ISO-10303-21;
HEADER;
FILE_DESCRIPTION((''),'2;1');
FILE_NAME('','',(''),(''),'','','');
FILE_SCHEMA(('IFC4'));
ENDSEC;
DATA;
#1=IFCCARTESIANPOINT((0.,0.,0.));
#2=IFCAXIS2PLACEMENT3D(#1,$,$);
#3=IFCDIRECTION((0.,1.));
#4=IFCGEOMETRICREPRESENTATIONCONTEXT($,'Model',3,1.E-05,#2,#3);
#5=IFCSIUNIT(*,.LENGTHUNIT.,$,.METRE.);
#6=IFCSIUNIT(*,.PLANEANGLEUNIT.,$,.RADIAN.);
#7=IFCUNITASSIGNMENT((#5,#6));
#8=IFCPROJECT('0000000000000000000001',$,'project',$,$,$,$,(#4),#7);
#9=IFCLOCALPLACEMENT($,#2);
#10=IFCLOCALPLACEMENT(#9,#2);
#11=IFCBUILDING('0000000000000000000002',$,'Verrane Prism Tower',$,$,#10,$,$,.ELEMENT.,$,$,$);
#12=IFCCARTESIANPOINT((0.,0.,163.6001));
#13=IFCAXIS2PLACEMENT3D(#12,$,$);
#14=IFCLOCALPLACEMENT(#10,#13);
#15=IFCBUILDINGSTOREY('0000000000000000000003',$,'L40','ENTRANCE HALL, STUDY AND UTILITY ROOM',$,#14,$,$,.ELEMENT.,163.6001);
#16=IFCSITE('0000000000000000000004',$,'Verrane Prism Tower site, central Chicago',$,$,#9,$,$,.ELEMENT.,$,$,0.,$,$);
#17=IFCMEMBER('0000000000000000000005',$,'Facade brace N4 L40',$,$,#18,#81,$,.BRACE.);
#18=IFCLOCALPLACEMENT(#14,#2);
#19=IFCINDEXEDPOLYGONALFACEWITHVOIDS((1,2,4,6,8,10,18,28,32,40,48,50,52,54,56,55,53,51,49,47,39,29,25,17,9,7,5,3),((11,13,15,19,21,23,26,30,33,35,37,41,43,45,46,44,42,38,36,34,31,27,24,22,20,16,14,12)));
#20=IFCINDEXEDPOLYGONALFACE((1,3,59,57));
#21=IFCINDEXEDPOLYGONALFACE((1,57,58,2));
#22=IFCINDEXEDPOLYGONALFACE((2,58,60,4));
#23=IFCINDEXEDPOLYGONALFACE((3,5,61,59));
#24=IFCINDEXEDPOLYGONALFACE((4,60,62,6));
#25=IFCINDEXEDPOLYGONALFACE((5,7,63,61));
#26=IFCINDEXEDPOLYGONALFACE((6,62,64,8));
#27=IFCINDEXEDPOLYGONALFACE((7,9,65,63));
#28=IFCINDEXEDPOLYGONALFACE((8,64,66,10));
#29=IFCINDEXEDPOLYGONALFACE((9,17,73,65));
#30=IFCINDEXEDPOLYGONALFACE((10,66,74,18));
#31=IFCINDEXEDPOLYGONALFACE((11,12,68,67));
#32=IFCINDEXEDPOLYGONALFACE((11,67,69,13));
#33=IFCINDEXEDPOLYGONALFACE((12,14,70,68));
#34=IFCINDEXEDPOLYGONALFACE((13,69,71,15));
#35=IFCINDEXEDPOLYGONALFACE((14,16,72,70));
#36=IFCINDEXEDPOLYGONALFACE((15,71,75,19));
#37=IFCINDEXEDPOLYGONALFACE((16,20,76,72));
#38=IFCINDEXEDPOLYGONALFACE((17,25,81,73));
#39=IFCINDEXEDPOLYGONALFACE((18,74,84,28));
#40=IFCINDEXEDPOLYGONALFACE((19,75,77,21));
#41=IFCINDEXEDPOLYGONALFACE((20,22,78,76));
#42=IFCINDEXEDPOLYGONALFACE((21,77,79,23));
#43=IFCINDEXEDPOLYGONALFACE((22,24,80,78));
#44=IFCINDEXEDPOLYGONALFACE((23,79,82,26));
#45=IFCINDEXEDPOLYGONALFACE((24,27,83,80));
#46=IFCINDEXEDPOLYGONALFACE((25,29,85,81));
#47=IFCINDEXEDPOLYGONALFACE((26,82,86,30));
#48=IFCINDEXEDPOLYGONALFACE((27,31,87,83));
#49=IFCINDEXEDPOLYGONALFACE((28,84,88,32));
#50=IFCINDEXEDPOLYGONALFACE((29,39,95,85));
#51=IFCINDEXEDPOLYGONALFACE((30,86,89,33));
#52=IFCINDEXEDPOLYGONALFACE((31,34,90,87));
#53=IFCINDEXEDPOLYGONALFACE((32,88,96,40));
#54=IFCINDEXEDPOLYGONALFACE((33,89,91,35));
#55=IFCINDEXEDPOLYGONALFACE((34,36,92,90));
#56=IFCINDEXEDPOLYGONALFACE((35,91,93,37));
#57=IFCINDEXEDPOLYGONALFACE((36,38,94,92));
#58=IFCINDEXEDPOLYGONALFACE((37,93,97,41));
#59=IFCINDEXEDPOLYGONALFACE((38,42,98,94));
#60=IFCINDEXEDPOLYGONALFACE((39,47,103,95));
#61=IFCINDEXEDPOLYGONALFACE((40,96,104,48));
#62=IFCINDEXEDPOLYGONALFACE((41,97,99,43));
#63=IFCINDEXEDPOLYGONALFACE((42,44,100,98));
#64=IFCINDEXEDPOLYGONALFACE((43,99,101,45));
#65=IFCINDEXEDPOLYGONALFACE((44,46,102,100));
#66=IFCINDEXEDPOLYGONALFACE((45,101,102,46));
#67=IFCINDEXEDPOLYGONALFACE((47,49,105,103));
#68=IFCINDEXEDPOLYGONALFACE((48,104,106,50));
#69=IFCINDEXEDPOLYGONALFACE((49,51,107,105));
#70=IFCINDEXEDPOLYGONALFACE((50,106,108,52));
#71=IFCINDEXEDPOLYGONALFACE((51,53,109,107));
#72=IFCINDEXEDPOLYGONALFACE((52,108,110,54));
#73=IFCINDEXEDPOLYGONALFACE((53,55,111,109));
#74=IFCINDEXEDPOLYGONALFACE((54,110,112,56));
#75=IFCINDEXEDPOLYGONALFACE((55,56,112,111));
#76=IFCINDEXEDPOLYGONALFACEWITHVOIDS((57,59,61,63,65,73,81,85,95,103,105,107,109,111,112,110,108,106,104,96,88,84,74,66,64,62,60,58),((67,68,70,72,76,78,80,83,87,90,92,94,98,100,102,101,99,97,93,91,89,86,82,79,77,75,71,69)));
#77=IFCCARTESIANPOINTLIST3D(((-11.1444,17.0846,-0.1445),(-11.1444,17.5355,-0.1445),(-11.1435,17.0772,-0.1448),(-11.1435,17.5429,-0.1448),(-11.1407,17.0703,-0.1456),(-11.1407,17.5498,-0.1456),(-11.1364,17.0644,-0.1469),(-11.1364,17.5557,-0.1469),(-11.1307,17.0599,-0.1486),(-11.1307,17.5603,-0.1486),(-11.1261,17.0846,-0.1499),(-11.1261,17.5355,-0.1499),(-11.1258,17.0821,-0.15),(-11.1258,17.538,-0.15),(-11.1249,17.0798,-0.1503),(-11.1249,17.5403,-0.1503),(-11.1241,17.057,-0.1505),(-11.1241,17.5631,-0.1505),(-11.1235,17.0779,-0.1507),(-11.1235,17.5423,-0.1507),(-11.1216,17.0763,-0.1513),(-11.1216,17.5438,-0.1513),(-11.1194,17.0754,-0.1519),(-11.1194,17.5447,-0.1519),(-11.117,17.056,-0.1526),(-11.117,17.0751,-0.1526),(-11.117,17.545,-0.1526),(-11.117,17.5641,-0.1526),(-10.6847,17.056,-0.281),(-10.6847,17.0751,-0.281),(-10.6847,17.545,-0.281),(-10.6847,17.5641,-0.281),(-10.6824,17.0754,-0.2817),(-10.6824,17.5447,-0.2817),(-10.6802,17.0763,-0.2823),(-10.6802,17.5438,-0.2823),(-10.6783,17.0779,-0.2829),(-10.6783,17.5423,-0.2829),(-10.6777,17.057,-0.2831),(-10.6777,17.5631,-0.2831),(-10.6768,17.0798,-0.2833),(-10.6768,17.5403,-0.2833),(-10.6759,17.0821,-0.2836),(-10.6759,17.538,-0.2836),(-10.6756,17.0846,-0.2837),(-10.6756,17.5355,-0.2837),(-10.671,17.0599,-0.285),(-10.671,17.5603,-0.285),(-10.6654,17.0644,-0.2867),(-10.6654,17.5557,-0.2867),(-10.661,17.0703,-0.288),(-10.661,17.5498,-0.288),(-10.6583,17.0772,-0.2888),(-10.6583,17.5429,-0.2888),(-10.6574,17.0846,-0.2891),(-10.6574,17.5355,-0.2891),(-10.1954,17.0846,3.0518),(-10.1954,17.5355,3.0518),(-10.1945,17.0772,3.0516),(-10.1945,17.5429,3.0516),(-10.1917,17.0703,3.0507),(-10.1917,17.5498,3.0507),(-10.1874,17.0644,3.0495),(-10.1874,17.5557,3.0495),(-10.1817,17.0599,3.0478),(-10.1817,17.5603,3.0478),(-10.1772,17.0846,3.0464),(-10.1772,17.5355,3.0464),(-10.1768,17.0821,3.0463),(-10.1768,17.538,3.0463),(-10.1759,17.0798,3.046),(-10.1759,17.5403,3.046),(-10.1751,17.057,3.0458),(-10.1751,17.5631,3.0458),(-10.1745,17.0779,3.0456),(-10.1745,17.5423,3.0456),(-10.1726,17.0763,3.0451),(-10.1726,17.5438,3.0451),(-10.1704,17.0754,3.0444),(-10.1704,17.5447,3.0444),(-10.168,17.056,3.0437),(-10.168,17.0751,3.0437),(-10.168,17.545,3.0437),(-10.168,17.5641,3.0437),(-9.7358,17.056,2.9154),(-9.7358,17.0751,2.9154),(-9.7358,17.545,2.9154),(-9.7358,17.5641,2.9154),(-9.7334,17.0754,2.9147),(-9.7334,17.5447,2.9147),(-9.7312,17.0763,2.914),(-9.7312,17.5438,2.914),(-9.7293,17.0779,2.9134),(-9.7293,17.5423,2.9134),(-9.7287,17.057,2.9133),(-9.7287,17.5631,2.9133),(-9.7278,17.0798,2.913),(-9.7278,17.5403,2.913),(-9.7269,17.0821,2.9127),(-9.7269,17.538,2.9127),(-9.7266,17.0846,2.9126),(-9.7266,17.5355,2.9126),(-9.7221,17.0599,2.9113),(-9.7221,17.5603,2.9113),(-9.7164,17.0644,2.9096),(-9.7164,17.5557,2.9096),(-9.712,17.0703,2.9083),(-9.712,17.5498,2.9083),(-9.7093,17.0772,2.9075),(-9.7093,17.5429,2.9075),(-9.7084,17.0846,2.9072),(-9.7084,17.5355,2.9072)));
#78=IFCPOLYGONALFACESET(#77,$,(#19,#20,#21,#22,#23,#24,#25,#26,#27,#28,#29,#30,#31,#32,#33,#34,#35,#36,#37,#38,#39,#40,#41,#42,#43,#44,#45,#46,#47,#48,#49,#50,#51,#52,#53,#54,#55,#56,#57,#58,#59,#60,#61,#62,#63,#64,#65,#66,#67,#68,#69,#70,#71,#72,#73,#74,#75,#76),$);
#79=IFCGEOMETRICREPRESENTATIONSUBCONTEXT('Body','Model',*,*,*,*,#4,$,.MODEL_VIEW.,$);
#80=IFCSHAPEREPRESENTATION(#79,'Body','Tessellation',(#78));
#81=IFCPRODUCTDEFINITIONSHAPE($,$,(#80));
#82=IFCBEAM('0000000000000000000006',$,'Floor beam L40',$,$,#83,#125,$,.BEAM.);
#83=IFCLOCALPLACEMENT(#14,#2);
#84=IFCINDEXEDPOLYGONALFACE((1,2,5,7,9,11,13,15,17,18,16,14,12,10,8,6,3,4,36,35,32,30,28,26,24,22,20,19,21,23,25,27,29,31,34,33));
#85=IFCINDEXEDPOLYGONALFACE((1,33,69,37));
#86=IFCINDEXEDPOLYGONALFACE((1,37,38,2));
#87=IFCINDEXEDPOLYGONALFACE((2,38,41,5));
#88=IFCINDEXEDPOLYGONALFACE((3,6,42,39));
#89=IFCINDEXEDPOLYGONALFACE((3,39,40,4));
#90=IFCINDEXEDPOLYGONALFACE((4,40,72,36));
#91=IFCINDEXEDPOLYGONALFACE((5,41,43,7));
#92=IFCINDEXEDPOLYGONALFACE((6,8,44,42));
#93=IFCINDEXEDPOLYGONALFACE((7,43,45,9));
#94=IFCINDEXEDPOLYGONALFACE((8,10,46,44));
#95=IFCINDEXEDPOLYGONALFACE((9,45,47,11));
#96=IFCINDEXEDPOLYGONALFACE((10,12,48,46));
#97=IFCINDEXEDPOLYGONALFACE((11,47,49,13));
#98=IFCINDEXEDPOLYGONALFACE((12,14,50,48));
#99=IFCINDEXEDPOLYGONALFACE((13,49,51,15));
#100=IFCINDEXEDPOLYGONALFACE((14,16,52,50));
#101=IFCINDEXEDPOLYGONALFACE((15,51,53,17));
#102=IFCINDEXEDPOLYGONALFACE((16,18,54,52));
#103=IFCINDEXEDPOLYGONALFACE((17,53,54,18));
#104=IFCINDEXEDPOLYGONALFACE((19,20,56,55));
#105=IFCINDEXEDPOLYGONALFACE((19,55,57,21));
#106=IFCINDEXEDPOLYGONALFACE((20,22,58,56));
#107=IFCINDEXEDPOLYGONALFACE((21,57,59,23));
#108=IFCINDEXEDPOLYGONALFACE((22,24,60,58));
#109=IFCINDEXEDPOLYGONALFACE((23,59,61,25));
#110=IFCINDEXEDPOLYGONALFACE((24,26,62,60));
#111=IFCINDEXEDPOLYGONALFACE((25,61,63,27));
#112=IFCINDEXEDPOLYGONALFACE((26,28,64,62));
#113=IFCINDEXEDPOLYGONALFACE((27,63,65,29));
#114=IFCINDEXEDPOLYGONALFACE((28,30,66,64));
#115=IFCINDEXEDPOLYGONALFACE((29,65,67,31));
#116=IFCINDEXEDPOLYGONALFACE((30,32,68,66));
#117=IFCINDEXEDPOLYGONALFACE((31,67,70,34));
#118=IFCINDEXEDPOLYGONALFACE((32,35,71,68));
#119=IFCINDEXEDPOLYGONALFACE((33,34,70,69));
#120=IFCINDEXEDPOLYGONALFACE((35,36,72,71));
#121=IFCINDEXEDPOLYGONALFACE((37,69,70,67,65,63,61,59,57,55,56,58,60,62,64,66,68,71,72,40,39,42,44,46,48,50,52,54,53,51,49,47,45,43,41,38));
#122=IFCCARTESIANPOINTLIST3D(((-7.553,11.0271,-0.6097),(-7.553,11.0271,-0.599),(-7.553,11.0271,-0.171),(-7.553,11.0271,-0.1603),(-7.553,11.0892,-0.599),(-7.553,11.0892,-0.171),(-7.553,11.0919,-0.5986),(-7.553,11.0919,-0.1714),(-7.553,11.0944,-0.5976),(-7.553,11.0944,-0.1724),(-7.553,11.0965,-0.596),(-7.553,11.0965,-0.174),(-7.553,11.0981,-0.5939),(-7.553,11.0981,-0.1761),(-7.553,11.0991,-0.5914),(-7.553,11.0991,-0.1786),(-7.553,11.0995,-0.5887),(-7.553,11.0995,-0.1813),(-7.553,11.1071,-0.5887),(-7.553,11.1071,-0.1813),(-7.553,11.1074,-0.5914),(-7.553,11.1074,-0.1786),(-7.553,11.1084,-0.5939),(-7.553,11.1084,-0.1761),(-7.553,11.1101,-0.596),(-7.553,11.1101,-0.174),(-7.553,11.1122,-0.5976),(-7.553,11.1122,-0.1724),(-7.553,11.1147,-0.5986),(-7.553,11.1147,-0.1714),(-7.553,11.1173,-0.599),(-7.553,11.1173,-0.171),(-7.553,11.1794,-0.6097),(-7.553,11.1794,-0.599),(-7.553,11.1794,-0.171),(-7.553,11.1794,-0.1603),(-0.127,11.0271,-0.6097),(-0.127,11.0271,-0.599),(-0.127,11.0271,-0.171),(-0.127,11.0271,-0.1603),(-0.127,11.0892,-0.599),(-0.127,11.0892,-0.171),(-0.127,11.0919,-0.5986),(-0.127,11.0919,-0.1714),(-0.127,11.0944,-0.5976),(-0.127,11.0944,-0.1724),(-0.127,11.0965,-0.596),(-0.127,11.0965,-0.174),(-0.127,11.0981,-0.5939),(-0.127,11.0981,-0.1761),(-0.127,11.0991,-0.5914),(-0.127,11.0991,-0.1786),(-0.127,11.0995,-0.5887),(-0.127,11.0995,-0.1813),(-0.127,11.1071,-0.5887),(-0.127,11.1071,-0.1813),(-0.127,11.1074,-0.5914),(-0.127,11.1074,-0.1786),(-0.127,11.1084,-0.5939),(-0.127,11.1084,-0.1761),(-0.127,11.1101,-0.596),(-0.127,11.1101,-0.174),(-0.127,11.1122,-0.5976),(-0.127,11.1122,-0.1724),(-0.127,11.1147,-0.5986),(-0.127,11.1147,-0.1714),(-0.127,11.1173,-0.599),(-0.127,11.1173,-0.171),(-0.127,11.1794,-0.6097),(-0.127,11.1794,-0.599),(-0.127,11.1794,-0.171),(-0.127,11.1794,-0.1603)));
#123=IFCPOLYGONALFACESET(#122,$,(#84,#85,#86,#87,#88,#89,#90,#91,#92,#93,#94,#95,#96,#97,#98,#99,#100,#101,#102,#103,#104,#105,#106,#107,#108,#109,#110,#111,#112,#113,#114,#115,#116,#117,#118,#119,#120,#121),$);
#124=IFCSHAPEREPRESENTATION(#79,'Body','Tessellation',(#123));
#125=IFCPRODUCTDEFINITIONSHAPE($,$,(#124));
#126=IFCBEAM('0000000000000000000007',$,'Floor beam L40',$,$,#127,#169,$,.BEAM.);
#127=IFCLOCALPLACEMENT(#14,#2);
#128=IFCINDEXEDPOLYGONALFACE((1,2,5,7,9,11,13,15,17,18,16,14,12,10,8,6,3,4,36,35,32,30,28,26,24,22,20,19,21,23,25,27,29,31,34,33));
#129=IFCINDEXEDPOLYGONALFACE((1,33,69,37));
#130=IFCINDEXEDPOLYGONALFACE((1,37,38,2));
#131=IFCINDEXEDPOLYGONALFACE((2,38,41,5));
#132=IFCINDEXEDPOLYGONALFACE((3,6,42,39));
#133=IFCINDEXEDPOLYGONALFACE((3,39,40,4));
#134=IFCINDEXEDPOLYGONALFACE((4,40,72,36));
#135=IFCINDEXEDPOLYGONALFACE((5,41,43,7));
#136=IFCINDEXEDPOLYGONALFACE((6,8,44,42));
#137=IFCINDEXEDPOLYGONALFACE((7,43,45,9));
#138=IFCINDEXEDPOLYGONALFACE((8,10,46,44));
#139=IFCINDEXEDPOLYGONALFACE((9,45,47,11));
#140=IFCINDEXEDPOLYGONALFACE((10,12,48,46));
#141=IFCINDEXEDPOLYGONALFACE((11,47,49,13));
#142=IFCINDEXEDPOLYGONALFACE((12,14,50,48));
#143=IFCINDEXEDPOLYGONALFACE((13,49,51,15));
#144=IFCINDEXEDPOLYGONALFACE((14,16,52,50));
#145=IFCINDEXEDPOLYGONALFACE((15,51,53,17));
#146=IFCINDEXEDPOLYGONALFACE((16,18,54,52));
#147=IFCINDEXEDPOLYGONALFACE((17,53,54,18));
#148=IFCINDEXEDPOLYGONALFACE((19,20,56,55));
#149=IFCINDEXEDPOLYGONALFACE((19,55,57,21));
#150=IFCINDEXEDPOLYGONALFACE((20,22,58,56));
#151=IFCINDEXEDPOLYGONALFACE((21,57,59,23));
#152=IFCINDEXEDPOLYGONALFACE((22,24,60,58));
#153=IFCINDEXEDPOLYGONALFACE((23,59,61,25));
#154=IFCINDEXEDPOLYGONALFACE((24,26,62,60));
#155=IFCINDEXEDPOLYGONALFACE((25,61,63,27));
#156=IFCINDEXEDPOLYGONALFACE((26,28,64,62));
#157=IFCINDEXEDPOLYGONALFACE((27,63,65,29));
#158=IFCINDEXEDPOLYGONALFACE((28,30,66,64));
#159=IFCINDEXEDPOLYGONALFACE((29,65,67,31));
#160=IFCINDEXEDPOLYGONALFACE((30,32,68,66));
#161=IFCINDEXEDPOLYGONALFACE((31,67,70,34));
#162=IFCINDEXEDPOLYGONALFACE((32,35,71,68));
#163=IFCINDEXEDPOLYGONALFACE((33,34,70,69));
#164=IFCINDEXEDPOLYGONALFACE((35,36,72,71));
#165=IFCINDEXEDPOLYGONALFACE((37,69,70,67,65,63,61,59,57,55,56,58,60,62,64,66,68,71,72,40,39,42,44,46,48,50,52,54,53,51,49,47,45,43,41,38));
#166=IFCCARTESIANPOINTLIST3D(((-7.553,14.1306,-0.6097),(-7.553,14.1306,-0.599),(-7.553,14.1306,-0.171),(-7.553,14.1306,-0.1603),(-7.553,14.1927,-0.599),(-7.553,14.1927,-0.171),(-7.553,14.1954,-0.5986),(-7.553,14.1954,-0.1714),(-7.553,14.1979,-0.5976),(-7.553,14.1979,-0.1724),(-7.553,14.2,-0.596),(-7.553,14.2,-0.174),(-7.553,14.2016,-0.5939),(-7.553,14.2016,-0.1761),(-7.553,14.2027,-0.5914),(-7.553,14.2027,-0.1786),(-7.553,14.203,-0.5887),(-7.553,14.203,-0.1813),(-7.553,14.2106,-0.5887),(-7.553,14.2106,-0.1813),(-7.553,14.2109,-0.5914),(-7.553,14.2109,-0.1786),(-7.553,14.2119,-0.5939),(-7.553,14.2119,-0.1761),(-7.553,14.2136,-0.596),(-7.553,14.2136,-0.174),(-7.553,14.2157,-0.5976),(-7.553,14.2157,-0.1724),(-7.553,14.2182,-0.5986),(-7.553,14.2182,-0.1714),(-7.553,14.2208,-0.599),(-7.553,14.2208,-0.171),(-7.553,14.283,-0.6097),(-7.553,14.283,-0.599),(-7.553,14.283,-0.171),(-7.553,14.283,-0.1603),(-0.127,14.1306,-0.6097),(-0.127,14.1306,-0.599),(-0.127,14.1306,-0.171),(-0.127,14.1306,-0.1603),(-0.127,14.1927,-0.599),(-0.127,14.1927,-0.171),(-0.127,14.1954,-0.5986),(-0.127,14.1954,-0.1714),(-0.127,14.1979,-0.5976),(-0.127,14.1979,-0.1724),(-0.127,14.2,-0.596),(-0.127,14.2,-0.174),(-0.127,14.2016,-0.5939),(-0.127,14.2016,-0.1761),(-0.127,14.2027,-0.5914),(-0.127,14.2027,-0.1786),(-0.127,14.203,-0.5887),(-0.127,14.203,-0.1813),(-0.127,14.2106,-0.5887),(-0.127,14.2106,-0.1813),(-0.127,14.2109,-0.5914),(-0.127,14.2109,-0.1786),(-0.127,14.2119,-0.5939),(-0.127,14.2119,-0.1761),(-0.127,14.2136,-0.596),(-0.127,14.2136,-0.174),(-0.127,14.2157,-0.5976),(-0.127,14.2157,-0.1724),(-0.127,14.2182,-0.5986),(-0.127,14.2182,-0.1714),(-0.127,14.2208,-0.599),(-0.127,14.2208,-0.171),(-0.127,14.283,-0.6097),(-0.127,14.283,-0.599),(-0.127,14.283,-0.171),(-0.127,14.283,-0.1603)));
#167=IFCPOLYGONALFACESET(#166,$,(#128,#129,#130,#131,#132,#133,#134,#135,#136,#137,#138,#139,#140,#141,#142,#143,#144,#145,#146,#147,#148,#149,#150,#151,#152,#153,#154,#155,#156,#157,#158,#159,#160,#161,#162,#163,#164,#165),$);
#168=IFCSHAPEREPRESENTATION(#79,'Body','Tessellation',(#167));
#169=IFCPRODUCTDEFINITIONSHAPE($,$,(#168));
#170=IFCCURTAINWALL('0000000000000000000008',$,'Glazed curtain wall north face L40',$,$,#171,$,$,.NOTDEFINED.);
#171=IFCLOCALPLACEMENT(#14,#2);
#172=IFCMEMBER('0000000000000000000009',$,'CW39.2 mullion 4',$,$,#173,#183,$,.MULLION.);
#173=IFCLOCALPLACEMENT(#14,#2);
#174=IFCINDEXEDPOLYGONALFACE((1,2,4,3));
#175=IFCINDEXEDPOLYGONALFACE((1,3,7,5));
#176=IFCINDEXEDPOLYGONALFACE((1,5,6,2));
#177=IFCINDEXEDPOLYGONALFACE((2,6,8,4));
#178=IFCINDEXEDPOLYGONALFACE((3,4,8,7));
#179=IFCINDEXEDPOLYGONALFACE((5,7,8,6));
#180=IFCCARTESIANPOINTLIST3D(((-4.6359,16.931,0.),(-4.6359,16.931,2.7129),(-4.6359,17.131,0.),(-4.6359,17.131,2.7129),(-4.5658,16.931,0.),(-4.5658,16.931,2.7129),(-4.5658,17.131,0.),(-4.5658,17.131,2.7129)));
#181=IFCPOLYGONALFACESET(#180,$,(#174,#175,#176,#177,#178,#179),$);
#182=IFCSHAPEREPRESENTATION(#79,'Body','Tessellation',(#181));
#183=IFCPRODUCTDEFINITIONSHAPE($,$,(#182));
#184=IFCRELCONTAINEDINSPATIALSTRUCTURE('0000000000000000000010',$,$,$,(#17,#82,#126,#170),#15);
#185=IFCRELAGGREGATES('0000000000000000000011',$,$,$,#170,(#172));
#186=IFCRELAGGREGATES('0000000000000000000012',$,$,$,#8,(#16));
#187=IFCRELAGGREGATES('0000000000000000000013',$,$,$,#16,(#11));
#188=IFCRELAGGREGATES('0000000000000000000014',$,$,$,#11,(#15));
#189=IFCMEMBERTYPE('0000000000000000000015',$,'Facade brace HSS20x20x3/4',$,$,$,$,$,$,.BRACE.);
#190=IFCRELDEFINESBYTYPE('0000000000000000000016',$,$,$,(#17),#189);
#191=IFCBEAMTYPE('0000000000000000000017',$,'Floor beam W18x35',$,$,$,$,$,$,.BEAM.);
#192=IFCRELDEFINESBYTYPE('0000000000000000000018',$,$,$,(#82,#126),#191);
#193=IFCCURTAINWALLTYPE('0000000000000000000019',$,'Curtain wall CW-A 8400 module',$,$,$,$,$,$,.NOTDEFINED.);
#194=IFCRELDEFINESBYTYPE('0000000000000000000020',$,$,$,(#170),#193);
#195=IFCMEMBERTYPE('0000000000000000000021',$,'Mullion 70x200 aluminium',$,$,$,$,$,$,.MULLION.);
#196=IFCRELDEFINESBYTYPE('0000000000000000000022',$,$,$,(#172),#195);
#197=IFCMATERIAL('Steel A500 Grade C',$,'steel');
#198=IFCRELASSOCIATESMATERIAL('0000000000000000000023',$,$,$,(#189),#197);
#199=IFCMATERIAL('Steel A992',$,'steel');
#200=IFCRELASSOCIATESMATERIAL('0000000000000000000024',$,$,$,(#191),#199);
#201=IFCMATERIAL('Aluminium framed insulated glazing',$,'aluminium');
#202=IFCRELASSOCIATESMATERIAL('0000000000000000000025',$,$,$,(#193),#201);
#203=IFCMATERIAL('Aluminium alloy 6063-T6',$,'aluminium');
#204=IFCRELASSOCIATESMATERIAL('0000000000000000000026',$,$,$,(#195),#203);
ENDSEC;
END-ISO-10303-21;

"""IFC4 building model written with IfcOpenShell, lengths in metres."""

from ifc_helpers import new_model, si_unit, direction, frame, origin, origin_2d, place, context, subcontext, project, spatial, rectangle, hollow_rectangle, i_section, extrude, material, material_profile, profile_set, type_object, element, aggregate, save


model = new_model("IFC4")

# Units and contexts
model_context = context("Model", 3, precision=1e-05, world=origin(), true_north=direction((0.0, 1.0)))
body_context = subcontext(model_context, "Body", "Model", "MODEL_VIEW")
ifc_project = project(units=[si_unit("LENGTHUNIT", "METRE"), si_unit("PLANEANGLEUNIT", "RADIAN")], contexts=[model_context])

# Site, building, storey
site_placement = place(None, origin())
site = spatial("IfcSite", under=ifc_project, at=site_placement, Name="Verrane Prism Tower site, central Chicago", CompositionType="ELEMENT", RefElevation=0.0)
building_placement = place(site_placement, origin())
building = spatial("IfcBuilding", under=site, at=building_placement, Name="Verrane Prism Tower", CompositionType="ELEMENT")
storey_placement = place(building_placement, frame((0.0, 0.0, 163.6001)))
storey = spatial("IfcBuildingStorey", under=building, at=storey_placement, Name="L40", Description="ENTRANCE HALL, STUDY AND UTILITY ROOM", CompositionType="ELEMENT", Elevation=163.6001)

# Member
ifc_material_1 = material(Name="Steel A500 Grade C", Category="steel")
ifc_material_profile_1 = material_profile(ifc_material_1, hollow_rectangle(XDim=0.5081, YDim=0.5081, WallThickness=0.019, InnerFilletRadius=0.0095, OuterFilletRadius=0.0286, at=origin_2d()), Name="HSS20x20x3/4")
ifc_profile_set_1 = profile_set([ifc_material_profile_1], Name="Steel A500 Grade C")
member_type_1 = type_object("IfcMemberType", Name="Facade brace HSS20x20x3/4", PredefinedType="BRACE", material=ifc_profile_set_1)
member_1_placement = place(storey_placement, frame((-10.9009, 17.3101, -0.2168), z_axis=(0.284619, 0.0, 0.958641), x_axis=(0.0, 1.0, 0.0)))
element("IfcMember", 1, at=member_1_placement, inside=storey, type_object=member_type_1, Name="Facade brace N4 L40", PredefinedType="BRACE", context=body_context, shape_type="SweptSolid", body=[
    extrude(hollow_rectangle(XDim=0.5081, YDim=0.5081, WallThickness=0.019, InnerFilletRadius=0.0095, OuterFilletRadius=0.0286, at=origin_2d()), origin(), (0.0, 0.0, 1.0), 3.3342),
])

# Beams
ifc_material_2 = material(Name="Steel A992", Category="steel")
ifc_material_profile_2 = material_profile(ifc_material_2, i_section(OverallWidth=0.1523, OverallDepth=0.4495, WebThickness=0.0076, FlangeThickness=0.0107, FilletRadius=0.0103, at=origin_2d()), Name="W18x35")
ifc_profile_set_2 = profile_set([ifc_material_profile_2], Name="Steel A992")
beam_type_1 = type_object("IfcBeamType", Name="Floor beam W18x35", PredefinedType="BEAM", material=ifc_profile_set_2)
for number, where, z_axis, x_axis, name in (
    (2, (-7.553, 11.1033, -0.385), (1.0, 0.0, 0.0), (0.0, 1.0, 0.0), "Floor beam L40"),
    (3, (-7.553, 14.2068, -0.385), (1.0, 0.0, 0.0), (0.0, 1.0, 0.0), "Floor beam L40"),
):
    element("IfcBeam", number, at=place(storey_placement, frame(where, z_axis=z_axis, x_axis=x_axis)), inside=storey, type_object=beam_type_1, Name=name, PredefinedType="BEAM", context=body_context, shape_type="SweptSolid", body=[
        extrude(i_section(OverallWidth=0.1523, OverallDepth=0.4495, WebThickness=0.0076, FlangeThickness=0.0107, FilletRadius=0.0103, at=origin_2d()), origin(), (0.0, 0.0, 1.0), 7.426),
    ])

# Curtain wall, member
ifc_material_3 = material(Name="Aluminium framed insulated glazing", Category="aluminium")
curtain_wall_type = type_object("IfcCurtainWallType", Name="Curtain wall CW-A 8400 module", PredefinedType="NOTDEFINED", material=ifc_material_3)
curtain_wall_placement = place(storey_placement, origin())
curtain_wall = element("IfcCurtainWall", 4, at=curtain_wall_placement, inside=storey, type_object=curtain_wall_type, Name="Glazed curtain wall north face L40", PredefinedType="NOTDEFINED")
ifc_material_4 = material(Name="Aluminium alloy 6063-T6", Category="aluminium")
ifc_material_profile_3 = material_profile(ifc_material_4, rectangle(XDim=0.2, YDim=0.0701, at=origin_2d()), Name="Mullion 70x200 aluminium")
ifc_profile_set_3 = profile_set([ifc_material_profile_3], Name="Aluminium alloy 6063-T6")
member_type_2 = type_object("IfcMemberType", Name="Mullion 70x200 aluminium", PredefinedType="MULLION", material=ifc_profile_set_3)
member_2_placement = place(storey_placement, frame((-4.6008, 17.031, 0.0), z_axis=(0.0, 0.0, 1.0), x_axis=(0.0, -1.0, 0.0)))
member_2 = element("IfcMember", 5, at=member_2_placement, type_object=member_type_2, Name="CW39.2 mullion 4", PredefinedType="MULLION", context=body_context, shape_type="SweptSolid", body=[
    extrude(rectangle(XDim=0.2, YDim=0.0701, at=origin_2d()), origin(), (0.0, 0.0, 1.0), 2.7129),
])

aggregate(curtain_wall, [member_2])

save(model, "model.ifc")
